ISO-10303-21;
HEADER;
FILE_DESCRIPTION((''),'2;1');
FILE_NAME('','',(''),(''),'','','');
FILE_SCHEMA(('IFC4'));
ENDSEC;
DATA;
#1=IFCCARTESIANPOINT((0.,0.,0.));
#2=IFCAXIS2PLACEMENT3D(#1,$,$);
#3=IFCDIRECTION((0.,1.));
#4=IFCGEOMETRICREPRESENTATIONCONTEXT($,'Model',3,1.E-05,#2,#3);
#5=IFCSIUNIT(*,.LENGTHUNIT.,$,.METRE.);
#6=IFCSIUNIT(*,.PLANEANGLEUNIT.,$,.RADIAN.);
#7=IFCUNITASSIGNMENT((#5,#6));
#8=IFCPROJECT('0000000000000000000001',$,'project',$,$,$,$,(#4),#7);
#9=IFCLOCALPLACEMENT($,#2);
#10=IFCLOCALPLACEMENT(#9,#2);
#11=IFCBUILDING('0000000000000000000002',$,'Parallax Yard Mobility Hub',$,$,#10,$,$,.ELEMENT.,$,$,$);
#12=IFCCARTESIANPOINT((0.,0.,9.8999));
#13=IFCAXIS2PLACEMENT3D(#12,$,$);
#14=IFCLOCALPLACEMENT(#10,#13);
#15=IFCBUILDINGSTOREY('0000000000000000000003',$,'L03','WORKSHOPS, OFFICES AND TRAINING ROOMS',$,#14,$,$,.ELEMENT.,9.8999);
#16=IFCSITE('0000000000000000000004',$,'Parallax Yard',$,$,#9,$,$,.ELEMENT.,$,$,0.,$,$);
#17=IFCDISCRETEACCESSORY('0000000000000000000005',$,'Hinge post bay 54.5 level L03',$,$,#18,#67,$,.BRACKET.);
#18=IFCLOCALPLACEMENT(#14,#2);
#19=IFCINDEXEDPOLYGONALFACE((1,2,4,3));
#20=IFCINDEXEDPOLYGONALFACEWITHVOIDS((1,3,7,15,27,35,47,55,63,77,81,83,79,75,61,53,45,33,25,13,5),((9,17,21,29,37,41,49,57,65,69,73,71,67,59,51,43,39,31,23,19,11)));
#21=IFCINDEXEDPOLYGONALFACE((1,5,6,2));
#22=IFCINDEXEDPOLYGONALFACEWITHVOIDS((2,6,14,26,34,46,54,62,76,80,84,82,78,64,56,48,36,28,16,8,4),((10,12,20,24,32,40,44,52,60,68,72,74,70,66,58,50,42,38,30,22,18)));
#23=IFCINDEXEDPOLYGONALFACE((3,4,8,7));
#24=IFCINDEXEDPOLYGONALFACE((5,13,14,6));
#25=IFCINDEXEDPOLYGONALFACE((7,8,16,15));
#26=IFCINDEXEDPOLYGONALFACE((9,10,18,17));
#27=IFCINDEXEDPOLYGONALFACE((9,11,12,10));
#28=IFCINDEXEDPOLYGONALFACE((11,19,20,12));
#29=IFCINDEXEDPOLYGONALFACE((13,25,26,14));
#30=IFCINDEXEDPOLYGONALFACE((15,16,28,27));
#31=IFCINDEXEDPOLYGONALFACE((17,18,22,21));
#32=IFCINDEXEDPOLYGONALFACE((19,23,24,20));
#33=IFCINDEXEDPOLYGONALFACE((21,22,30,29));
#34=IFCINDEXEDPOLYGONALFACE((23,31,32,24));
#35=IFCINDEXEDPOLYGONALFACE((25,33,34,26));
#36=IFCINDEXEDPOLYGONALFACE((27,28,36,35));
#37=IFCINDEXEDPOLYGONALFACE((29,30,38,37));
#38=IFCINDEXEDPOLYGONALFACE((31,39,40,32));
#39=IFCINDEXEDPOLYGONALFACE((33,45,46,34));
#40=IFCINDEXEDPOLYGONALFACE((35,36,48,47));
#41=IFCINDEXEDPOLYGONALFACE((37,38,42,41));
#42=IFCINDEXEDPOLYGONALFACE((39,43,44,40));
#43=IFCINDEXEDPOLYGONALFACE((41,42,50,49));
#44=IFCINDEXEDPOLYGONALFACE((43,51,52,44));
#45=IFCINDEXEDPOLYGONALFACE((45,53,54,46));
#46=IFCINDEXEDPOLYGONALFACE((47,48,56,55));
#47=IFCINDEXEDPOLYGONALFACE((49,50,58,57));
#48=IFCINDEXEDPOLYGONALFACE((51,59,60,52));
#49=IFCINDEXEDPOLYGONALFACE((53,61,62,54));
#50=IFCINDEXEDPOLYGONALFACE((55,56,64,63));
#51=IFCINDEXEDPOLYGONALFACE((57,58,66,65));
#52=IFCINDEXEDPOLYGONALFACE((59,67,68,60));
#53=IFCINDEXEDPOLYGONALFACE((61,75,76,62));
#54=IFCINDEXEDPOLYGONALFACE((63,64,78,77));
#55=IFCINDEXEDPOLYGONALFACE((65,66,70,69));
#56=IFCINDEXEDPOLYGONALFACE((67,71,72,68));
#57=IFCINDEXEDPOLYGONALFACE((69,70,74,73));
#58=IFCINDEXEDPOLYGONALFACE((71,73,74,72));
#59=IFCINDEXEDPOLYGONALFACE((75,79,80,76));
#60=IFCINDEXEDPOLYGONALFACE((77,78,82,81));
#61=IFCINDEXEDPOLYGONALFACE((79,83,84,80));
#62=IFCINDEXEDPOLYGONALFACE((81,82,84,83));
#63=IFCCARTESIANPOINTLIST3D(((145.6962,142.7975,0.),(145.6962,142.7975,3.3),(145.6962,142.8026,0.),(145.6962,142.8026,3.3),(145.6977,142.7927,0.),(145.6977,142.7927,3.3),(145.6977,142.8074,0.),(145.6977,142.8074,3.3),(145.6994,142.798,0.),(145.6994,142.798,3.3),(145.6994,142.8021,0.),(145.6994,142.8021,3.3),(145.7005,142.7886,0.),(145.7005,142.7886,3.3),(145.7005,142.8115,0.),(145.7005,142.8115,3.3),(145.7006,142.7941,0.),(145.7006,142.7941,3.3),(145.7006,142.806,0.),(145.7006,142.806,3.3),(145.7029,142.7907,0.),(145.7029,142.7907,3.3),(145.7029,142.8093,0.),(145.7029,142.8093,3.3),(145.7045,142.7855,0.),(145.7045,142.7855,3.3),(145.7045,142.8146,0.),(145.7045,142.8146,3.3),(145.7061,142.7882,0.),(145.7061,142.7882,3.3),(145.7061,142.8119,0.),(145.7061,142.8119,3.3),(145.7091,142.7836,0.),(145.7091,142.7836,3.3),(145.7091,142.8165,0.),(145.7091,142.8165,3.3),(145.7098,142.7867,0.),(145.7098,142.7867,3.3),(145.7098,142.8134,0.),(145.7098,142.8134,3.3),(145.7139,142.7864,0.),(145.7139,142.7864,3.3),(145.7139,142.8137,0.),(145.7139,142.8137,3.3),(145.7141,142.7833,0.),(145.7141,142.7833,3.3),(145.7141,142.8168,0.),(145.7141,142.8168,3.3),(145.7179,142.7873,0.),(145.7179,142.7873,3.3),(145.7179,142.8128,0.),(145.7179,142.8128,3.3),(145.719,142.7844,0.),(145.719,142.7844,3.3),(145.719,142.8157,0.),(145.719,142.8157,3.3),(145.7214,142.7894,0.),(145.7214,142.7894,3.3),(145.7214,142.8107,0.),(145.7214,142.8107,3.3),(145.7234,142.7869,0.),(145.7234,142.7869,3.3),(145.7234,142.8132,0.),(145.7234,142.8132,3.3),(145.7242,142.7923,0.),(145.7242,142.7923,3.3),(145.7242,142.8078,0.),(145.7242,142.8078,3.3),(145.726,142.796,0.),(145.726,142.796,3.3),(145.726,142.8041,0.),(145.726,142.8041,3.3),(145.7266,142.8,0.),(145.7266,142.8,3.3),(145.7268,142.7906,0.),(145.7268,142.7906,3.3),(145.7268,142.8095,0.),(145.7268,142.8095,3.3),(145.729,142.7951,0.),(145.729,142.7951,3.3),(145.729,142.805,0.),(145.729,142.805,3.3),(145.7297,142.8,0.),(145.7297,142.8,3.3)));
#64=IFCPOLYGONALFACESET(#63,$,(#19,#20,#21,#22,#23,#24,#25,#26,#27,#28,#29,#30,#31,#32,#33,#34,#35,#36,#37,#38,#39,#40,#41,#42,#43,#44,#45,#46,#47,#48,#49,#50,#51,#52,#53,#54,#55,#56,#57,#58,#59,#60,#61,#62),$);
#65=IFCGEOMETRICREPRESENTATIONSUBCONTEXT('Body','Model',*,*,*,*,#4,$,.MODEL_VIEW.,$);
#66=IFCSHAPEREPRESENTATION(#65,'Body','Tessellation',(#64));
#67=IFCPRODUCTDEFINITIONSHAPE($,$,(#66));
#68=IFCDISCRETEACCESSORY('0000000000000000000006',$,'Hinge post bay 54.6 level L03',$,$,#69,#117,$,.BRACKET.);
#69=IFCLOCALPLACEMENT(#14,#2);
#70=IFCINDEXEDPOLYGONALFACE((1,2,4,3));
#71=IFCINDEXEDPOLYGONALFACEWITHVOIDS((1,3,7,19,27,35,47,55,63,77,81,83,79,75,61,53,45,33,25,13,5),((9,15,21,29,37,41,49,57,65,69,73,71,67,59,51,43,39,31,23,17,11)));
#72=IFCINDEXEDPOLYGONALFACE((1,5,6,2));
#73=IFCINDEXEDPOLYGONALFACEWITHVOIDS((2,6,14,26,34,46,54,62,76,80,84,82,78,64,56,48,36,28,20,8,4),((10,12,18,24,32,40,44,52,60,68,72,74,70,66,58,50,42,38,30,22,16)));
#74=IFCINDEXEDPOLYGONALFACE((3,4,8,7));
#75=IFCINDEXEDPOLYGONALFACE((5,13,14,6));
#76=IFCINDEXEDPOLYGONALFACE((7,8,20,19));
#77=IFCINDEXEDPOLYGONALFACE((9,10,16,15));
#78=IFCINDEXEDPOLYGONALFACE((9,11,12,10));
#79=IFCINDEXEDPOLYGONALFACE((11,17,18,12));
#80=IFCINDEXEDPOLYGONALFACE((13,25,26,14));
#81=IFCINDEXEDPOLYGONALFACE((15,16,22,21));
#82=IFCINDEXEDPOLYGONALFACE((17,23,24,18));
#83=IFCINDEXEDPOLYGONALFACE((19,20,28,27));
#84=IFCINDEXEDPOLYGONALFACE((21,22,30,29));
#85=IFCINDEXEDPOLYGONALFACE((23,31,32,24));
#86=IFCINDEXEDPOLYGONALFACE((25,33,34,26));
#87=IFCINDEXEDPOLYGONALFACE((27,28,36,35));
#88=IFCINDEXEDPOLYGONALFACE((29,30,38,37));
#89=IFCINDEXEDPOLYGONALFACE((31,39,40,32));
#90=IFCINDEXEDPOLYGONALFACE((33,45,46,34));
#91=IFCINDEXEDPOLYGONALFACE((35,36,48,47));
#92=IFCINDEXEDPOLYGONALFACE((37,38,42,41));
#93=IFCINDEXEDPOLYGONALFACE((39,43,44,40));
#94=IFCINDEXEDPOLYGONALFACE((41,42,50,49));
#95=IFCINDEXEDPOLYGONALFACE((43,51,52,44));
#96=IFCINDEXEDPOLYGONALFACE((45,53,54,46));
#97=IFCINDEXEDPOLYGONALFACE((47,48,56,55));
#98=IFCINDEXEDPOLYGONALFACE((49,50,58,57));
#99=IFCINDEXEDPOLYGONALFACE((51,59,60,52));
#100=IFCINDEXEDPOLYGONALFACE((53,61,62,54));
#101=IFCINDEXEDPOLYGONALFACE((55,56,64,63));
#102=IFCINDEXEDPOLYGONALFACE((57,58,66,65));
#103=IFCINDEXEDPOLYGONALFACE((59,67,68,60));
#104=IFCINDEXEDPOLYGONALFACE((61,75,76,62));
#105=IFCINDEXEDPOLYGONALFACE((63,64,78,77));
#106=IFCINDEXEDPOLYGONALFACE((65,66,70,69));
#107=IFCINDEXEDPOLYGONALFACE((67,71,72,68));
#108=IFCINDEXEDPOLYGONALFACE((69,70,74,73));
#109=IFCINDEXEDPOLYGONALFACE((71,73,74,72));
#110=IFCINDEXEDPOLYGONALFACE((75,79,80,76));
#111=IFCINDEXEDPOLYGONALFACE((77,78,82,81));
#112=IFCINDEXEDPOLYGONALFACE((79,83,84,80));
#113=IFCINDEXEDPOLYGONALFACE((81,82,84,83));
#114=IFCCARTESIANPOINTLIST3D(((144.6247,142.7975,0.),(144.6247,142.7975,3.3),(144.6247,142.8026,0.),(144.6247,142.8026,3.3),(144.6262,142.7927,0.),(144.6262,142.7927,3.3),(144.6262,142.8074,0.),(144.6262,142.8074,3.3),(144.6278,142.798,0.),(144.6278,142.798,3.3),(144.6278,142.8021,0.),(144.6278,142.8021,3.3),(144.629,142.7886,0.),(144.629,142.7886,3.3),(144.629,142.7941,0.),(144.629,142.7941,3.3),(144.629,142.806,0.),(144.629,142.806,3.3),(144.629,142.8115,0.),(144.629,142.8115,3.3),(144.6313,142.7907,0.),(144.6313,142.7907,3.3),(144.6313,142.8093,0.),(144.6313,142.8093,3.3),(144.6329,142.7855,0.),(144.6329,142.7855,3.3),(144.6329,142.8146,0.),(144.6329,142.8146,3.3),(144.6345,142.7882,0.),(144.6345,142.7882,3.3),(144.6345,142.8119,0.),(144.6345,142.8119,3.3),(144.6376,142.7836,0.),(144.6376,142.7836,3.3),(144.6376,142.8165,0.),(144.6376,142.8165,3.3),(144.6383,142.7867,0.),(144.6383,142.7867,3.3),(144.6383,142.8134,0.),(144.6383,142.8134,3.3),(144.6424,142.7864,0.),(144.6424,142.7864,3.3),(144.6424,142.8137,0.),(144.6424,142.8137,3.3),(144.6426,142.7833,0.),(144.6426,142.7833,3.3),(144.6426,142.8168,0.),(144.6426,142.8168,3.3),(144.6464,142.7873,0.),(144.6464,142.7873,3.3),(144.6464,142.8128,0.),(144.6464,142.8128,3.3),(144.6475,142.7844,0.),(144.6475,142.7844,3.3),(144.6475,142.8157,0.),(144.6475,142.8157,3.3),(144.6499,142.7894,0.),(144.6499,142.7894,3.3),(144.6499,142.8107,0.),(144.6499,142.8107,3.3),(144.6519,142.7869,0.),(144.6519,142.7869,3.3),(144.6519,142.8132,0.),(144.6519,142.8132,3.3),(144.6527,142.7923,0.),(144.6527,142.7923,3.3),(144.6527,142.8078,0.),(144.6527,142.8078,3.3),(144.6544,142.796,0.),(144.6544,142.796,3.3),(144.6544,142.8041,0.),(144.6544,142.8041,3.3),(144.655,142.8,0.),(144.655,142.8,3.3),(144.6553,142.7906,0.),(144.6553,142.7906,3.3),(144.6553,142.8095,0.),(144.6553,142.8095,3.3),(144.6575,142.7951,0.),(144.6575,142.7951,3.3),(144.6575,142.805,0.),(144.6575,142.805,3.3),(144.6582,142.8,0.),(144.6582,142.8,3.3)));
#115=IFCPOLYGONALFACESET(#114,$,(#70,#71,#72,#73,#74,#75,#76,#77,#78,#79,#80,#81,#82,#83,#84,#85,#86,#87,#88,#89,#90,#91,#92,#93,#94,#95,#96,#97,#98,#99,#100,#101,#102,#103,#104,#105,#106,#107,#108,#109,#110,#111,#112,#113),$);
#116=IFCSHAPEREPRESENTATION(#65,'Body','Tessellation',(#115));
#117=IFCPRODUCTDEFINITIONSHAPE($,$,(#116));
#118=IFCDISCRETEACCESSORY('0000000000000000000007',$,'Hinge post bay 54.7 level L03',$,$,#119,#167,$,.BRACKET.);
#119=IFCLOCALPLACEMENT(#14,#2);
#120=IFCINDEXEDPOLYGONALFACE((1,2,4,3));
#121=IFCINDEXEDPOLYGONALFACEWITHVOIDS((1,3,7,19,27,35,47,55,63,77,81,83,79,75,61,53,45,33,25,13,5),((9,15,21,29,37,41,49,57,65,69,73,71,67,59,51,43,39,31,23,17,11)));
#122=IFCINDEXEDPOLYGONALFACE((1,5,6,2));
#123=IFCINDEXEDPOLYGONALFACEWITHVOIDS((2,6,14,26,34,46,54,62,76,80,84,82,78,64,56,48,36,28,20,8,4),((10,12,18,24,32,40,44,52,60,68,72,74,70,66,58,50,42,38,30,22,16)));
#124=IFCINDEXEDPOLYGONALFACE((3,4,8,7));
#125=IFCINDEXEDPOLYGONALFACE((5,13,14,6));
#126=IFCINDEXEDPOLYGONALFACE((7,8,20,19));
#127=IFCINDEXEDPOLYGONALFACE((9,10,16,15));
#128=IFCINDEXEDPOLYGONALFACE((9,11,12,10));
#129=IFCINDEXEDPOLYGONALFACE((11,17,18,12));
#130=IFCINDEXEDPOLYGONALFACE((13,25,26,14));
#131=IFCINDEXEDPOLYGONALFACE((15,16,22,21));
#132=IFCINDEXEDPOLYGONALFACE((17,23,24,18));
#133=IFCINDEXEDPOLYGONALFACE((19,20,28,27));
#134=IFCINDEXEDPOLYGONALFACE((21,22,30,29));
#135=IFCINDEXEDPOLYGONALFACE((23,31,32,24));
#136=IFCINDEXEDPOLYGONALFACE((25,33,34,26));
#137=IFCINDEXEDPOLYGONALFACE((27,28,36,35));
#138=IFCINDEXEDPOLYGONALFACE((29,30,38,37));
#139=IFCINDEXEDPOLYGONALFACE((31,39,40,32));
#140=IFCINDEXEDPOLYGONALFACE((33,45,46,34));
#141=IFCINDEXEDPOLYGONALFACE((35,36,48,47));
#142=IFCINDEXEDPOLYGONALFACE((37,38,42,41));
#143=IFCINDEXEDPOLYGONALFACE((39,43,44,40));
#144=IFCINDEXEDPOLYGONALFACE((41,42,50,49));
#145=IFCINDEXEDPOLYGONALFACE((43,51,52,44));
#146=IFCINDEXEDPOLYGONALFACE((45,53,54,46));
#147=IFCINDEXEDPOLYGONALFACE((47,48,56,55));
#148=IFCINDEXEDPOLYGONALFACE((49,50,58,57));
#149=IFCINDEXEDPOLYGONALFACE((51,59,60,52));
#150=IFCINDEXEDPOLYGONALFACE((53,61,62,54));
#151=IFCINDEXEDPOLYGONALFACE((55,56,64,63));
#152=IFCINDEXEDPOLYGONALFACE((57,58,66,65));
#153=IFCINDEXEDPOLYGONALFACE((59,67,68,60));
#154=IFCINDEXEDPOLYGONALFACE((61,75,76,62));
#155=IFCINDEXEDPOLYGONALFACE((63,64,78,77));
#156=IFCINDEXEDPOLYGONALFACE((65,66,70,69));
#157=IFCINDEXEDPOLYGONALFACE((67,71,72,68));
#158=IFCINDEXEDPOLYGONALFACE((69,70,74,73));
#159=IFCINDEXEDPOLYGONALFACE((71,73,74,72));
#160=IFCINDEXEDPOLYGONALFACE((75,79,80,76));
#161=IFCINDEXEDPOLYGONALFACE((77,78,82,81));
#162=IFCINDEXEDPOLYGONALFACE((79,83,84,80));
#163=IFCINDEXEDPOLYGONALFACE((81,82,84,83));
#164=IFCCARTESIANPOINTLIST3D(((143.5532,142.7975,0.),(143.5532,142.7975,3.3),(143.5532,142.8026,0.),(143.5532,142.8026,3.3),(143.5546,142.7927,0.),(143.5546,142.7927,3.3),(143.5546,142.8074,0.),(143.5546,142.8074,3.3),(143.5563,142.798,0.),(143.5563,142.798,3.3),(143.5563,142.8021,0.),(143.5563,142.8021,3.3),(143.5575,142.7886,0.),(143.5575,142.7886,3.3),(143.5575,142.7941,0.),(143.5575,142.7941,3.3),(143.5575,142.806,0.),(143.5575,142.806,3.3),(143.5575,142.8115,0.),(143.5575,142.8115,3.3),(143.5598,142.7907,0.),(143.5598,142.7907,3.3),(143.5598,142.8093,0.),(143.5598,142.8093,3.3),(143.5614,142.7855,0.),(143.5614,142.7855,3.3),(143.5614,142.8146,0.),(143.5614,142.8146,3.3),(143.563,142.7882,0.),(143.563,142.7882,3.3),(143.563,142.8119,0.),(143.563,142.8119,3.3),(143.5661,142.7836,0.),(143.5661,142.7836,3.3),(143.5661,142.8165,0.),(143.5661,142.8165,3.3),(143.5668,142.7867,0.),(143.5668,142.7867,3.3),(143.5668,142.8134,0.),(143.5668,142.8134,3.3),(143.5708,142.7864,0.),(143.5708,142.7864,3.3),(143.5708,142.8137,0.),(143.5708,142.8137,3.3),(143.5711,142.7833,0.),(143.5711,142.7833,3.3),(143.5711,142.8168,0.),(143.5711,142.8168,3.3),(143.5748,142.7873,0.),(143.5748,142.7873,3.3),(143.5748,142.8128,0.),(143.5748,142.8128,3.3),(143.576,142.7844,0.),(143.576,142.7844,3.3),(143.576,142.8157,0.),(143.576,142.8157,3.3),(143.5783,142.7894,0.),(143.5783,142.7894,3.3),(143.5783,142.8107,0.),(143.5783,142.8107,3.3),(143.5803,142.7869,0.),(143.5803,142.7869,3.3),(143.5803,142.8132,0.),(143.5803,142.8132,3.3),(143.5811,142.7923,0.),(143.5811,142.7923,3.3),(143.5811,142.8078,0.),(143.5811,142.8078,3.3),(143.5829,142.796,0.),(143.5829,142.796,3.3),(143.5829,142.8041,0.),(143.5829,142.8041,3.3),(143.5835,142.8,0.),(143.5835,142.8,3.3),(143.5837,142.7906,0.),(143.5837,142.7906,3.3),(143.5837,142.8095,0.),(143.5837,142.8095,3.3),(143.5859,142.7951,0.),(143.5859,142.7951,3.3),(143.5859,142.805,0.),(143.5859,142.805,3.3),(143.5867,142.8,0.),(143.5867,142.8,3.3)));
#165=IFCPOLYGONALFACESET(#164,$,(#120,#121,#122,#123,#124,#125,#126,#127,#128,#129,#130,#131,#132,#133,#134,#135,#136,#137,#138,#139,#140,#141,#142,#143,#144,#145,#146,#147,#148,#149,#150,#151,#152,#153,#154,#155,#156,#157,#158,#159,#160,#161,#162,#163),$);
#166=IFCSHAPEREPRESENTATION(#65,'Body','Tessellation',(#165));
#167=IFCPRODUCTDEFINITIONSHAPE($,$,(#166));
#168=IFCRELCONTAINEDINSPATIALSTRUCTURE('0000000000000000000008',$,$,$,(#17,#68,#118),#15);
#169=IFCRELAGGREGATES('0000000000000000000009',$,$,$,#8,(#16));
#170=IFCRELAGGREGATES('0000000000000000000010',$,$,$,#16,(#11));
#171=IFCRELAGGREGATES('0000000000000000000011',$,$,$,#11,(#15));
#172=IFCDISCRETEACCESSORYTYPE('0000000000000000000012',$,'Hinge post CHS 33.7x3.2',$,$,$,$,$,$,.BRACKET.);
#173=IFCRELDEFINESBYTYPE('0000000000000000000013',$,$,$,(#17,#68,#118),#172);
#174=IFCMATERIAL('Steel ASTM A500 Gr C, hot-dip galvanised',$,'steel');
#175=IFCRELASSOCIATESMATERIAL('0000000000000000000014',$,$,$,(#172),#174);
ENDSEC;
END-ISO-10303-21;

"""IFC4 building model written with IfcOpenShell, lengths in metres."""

from ifc_helpers import new_model, si_unit, direction, frame, origin, origin_2d, place, context, subcontext, project, spatial, hollow_circle, extrude, material, material_profile, profile_set, type_object, element, save


model = new_model("IFC4")

# Units and contexts
model_context = context("Model", 3, precision=1e-05, world=origin(), true_north=direction((0.0, 1.0)))
body_context = subcontext(model_context, "Body", "Model", "MODEL_VIEW")
ifc_project = project(units=[si_unit("LENGTHUNIT", "METRE"), si_unit("PLANEANGLEUNIT", "RADIAN")], contexts=[model_context])

# Site, building, storey
site_placement = place(None, origin())
site = spatial("IfcSite", under=ifc_project, at=site_placement, Name="Parallax Yard", CompositionType="ELEMENT", RefElevation=0.0)
building_placement = place(site_placement, origin())
building = spatial("IfcBuilding", under=site, at=building_placement, Name="Parallax Yard Mobility Hub", CompositionType="ELEMENT")
storey_placement = place(building_placement, frame((0.0, 0.0, 9.8999)))
storey = spatial("IfcBuildingStorey", under=building, at=storey_placement, Name="L03", Description="WORKSHOPS, OFFICES AND TRAINING ROOMS", CompositionType="ELEMENT", Elevation=9.8999)

# Discrete accessories
ifc_material_1 = material(Name="Steel ASTM A500 Gr C, hot-dip galvanised", Category="steel")
ifc_material_profile = material_profile(ifc_material_1, hollow_circle(Radius=0.0168, WallThickness=0.0032, at=origin_2d()), Name="CHS 33.7x3.2")
ifc_profile_set = profile_set([ifc_material_profile], Name="Steel ASTM A500 Gr C, hot-dip galvanised")
discrete_accessory_type_1 = type_object("IfcDiscreteAccessoryType", Name="Hinge post CHS 33.7x3.2", PredefinedType="BRACKET", material=ifc_profile_set)
for number, where, z_axis, x_axis, name in (
    (1, (145.7129, 142.8, 0.0), (0.0, 0.0, 1.0), (1.0, 0.0, 0.0), "Hinge post bay 54.5 level L03"),
    (2, (144.6414, 142.8, 0.0), (0.0, 0.0, 1.0), (1.0, 0.0, 0.0), "Hinge post bay 54.6 level L03"),
    (3, (143.5698, 142.8, 0.0), (0.0, 0.0, 1.0), (1.0, 0.0, 0.0), "Hinge post bay 54.7 level L03"),
):
    element("IfcDiscreteAccessory", number, at=place(storey_placement, frame(where, z_axis=z_axis, x_axis=x_axis)), inside=storey, type_object=discrete_accessory_type_1, Name=name, PredefinedType="BRACKET", context=body_context, shape_type="SweptSolid", body=[
        extrude(hollow_circle(Radius=0.0168, WallThickness=0.0032, at=origin_2d()), origin(), (0.0, 0.0, 1.0), 3.3),
    ])

save(model, "model.ifc")
